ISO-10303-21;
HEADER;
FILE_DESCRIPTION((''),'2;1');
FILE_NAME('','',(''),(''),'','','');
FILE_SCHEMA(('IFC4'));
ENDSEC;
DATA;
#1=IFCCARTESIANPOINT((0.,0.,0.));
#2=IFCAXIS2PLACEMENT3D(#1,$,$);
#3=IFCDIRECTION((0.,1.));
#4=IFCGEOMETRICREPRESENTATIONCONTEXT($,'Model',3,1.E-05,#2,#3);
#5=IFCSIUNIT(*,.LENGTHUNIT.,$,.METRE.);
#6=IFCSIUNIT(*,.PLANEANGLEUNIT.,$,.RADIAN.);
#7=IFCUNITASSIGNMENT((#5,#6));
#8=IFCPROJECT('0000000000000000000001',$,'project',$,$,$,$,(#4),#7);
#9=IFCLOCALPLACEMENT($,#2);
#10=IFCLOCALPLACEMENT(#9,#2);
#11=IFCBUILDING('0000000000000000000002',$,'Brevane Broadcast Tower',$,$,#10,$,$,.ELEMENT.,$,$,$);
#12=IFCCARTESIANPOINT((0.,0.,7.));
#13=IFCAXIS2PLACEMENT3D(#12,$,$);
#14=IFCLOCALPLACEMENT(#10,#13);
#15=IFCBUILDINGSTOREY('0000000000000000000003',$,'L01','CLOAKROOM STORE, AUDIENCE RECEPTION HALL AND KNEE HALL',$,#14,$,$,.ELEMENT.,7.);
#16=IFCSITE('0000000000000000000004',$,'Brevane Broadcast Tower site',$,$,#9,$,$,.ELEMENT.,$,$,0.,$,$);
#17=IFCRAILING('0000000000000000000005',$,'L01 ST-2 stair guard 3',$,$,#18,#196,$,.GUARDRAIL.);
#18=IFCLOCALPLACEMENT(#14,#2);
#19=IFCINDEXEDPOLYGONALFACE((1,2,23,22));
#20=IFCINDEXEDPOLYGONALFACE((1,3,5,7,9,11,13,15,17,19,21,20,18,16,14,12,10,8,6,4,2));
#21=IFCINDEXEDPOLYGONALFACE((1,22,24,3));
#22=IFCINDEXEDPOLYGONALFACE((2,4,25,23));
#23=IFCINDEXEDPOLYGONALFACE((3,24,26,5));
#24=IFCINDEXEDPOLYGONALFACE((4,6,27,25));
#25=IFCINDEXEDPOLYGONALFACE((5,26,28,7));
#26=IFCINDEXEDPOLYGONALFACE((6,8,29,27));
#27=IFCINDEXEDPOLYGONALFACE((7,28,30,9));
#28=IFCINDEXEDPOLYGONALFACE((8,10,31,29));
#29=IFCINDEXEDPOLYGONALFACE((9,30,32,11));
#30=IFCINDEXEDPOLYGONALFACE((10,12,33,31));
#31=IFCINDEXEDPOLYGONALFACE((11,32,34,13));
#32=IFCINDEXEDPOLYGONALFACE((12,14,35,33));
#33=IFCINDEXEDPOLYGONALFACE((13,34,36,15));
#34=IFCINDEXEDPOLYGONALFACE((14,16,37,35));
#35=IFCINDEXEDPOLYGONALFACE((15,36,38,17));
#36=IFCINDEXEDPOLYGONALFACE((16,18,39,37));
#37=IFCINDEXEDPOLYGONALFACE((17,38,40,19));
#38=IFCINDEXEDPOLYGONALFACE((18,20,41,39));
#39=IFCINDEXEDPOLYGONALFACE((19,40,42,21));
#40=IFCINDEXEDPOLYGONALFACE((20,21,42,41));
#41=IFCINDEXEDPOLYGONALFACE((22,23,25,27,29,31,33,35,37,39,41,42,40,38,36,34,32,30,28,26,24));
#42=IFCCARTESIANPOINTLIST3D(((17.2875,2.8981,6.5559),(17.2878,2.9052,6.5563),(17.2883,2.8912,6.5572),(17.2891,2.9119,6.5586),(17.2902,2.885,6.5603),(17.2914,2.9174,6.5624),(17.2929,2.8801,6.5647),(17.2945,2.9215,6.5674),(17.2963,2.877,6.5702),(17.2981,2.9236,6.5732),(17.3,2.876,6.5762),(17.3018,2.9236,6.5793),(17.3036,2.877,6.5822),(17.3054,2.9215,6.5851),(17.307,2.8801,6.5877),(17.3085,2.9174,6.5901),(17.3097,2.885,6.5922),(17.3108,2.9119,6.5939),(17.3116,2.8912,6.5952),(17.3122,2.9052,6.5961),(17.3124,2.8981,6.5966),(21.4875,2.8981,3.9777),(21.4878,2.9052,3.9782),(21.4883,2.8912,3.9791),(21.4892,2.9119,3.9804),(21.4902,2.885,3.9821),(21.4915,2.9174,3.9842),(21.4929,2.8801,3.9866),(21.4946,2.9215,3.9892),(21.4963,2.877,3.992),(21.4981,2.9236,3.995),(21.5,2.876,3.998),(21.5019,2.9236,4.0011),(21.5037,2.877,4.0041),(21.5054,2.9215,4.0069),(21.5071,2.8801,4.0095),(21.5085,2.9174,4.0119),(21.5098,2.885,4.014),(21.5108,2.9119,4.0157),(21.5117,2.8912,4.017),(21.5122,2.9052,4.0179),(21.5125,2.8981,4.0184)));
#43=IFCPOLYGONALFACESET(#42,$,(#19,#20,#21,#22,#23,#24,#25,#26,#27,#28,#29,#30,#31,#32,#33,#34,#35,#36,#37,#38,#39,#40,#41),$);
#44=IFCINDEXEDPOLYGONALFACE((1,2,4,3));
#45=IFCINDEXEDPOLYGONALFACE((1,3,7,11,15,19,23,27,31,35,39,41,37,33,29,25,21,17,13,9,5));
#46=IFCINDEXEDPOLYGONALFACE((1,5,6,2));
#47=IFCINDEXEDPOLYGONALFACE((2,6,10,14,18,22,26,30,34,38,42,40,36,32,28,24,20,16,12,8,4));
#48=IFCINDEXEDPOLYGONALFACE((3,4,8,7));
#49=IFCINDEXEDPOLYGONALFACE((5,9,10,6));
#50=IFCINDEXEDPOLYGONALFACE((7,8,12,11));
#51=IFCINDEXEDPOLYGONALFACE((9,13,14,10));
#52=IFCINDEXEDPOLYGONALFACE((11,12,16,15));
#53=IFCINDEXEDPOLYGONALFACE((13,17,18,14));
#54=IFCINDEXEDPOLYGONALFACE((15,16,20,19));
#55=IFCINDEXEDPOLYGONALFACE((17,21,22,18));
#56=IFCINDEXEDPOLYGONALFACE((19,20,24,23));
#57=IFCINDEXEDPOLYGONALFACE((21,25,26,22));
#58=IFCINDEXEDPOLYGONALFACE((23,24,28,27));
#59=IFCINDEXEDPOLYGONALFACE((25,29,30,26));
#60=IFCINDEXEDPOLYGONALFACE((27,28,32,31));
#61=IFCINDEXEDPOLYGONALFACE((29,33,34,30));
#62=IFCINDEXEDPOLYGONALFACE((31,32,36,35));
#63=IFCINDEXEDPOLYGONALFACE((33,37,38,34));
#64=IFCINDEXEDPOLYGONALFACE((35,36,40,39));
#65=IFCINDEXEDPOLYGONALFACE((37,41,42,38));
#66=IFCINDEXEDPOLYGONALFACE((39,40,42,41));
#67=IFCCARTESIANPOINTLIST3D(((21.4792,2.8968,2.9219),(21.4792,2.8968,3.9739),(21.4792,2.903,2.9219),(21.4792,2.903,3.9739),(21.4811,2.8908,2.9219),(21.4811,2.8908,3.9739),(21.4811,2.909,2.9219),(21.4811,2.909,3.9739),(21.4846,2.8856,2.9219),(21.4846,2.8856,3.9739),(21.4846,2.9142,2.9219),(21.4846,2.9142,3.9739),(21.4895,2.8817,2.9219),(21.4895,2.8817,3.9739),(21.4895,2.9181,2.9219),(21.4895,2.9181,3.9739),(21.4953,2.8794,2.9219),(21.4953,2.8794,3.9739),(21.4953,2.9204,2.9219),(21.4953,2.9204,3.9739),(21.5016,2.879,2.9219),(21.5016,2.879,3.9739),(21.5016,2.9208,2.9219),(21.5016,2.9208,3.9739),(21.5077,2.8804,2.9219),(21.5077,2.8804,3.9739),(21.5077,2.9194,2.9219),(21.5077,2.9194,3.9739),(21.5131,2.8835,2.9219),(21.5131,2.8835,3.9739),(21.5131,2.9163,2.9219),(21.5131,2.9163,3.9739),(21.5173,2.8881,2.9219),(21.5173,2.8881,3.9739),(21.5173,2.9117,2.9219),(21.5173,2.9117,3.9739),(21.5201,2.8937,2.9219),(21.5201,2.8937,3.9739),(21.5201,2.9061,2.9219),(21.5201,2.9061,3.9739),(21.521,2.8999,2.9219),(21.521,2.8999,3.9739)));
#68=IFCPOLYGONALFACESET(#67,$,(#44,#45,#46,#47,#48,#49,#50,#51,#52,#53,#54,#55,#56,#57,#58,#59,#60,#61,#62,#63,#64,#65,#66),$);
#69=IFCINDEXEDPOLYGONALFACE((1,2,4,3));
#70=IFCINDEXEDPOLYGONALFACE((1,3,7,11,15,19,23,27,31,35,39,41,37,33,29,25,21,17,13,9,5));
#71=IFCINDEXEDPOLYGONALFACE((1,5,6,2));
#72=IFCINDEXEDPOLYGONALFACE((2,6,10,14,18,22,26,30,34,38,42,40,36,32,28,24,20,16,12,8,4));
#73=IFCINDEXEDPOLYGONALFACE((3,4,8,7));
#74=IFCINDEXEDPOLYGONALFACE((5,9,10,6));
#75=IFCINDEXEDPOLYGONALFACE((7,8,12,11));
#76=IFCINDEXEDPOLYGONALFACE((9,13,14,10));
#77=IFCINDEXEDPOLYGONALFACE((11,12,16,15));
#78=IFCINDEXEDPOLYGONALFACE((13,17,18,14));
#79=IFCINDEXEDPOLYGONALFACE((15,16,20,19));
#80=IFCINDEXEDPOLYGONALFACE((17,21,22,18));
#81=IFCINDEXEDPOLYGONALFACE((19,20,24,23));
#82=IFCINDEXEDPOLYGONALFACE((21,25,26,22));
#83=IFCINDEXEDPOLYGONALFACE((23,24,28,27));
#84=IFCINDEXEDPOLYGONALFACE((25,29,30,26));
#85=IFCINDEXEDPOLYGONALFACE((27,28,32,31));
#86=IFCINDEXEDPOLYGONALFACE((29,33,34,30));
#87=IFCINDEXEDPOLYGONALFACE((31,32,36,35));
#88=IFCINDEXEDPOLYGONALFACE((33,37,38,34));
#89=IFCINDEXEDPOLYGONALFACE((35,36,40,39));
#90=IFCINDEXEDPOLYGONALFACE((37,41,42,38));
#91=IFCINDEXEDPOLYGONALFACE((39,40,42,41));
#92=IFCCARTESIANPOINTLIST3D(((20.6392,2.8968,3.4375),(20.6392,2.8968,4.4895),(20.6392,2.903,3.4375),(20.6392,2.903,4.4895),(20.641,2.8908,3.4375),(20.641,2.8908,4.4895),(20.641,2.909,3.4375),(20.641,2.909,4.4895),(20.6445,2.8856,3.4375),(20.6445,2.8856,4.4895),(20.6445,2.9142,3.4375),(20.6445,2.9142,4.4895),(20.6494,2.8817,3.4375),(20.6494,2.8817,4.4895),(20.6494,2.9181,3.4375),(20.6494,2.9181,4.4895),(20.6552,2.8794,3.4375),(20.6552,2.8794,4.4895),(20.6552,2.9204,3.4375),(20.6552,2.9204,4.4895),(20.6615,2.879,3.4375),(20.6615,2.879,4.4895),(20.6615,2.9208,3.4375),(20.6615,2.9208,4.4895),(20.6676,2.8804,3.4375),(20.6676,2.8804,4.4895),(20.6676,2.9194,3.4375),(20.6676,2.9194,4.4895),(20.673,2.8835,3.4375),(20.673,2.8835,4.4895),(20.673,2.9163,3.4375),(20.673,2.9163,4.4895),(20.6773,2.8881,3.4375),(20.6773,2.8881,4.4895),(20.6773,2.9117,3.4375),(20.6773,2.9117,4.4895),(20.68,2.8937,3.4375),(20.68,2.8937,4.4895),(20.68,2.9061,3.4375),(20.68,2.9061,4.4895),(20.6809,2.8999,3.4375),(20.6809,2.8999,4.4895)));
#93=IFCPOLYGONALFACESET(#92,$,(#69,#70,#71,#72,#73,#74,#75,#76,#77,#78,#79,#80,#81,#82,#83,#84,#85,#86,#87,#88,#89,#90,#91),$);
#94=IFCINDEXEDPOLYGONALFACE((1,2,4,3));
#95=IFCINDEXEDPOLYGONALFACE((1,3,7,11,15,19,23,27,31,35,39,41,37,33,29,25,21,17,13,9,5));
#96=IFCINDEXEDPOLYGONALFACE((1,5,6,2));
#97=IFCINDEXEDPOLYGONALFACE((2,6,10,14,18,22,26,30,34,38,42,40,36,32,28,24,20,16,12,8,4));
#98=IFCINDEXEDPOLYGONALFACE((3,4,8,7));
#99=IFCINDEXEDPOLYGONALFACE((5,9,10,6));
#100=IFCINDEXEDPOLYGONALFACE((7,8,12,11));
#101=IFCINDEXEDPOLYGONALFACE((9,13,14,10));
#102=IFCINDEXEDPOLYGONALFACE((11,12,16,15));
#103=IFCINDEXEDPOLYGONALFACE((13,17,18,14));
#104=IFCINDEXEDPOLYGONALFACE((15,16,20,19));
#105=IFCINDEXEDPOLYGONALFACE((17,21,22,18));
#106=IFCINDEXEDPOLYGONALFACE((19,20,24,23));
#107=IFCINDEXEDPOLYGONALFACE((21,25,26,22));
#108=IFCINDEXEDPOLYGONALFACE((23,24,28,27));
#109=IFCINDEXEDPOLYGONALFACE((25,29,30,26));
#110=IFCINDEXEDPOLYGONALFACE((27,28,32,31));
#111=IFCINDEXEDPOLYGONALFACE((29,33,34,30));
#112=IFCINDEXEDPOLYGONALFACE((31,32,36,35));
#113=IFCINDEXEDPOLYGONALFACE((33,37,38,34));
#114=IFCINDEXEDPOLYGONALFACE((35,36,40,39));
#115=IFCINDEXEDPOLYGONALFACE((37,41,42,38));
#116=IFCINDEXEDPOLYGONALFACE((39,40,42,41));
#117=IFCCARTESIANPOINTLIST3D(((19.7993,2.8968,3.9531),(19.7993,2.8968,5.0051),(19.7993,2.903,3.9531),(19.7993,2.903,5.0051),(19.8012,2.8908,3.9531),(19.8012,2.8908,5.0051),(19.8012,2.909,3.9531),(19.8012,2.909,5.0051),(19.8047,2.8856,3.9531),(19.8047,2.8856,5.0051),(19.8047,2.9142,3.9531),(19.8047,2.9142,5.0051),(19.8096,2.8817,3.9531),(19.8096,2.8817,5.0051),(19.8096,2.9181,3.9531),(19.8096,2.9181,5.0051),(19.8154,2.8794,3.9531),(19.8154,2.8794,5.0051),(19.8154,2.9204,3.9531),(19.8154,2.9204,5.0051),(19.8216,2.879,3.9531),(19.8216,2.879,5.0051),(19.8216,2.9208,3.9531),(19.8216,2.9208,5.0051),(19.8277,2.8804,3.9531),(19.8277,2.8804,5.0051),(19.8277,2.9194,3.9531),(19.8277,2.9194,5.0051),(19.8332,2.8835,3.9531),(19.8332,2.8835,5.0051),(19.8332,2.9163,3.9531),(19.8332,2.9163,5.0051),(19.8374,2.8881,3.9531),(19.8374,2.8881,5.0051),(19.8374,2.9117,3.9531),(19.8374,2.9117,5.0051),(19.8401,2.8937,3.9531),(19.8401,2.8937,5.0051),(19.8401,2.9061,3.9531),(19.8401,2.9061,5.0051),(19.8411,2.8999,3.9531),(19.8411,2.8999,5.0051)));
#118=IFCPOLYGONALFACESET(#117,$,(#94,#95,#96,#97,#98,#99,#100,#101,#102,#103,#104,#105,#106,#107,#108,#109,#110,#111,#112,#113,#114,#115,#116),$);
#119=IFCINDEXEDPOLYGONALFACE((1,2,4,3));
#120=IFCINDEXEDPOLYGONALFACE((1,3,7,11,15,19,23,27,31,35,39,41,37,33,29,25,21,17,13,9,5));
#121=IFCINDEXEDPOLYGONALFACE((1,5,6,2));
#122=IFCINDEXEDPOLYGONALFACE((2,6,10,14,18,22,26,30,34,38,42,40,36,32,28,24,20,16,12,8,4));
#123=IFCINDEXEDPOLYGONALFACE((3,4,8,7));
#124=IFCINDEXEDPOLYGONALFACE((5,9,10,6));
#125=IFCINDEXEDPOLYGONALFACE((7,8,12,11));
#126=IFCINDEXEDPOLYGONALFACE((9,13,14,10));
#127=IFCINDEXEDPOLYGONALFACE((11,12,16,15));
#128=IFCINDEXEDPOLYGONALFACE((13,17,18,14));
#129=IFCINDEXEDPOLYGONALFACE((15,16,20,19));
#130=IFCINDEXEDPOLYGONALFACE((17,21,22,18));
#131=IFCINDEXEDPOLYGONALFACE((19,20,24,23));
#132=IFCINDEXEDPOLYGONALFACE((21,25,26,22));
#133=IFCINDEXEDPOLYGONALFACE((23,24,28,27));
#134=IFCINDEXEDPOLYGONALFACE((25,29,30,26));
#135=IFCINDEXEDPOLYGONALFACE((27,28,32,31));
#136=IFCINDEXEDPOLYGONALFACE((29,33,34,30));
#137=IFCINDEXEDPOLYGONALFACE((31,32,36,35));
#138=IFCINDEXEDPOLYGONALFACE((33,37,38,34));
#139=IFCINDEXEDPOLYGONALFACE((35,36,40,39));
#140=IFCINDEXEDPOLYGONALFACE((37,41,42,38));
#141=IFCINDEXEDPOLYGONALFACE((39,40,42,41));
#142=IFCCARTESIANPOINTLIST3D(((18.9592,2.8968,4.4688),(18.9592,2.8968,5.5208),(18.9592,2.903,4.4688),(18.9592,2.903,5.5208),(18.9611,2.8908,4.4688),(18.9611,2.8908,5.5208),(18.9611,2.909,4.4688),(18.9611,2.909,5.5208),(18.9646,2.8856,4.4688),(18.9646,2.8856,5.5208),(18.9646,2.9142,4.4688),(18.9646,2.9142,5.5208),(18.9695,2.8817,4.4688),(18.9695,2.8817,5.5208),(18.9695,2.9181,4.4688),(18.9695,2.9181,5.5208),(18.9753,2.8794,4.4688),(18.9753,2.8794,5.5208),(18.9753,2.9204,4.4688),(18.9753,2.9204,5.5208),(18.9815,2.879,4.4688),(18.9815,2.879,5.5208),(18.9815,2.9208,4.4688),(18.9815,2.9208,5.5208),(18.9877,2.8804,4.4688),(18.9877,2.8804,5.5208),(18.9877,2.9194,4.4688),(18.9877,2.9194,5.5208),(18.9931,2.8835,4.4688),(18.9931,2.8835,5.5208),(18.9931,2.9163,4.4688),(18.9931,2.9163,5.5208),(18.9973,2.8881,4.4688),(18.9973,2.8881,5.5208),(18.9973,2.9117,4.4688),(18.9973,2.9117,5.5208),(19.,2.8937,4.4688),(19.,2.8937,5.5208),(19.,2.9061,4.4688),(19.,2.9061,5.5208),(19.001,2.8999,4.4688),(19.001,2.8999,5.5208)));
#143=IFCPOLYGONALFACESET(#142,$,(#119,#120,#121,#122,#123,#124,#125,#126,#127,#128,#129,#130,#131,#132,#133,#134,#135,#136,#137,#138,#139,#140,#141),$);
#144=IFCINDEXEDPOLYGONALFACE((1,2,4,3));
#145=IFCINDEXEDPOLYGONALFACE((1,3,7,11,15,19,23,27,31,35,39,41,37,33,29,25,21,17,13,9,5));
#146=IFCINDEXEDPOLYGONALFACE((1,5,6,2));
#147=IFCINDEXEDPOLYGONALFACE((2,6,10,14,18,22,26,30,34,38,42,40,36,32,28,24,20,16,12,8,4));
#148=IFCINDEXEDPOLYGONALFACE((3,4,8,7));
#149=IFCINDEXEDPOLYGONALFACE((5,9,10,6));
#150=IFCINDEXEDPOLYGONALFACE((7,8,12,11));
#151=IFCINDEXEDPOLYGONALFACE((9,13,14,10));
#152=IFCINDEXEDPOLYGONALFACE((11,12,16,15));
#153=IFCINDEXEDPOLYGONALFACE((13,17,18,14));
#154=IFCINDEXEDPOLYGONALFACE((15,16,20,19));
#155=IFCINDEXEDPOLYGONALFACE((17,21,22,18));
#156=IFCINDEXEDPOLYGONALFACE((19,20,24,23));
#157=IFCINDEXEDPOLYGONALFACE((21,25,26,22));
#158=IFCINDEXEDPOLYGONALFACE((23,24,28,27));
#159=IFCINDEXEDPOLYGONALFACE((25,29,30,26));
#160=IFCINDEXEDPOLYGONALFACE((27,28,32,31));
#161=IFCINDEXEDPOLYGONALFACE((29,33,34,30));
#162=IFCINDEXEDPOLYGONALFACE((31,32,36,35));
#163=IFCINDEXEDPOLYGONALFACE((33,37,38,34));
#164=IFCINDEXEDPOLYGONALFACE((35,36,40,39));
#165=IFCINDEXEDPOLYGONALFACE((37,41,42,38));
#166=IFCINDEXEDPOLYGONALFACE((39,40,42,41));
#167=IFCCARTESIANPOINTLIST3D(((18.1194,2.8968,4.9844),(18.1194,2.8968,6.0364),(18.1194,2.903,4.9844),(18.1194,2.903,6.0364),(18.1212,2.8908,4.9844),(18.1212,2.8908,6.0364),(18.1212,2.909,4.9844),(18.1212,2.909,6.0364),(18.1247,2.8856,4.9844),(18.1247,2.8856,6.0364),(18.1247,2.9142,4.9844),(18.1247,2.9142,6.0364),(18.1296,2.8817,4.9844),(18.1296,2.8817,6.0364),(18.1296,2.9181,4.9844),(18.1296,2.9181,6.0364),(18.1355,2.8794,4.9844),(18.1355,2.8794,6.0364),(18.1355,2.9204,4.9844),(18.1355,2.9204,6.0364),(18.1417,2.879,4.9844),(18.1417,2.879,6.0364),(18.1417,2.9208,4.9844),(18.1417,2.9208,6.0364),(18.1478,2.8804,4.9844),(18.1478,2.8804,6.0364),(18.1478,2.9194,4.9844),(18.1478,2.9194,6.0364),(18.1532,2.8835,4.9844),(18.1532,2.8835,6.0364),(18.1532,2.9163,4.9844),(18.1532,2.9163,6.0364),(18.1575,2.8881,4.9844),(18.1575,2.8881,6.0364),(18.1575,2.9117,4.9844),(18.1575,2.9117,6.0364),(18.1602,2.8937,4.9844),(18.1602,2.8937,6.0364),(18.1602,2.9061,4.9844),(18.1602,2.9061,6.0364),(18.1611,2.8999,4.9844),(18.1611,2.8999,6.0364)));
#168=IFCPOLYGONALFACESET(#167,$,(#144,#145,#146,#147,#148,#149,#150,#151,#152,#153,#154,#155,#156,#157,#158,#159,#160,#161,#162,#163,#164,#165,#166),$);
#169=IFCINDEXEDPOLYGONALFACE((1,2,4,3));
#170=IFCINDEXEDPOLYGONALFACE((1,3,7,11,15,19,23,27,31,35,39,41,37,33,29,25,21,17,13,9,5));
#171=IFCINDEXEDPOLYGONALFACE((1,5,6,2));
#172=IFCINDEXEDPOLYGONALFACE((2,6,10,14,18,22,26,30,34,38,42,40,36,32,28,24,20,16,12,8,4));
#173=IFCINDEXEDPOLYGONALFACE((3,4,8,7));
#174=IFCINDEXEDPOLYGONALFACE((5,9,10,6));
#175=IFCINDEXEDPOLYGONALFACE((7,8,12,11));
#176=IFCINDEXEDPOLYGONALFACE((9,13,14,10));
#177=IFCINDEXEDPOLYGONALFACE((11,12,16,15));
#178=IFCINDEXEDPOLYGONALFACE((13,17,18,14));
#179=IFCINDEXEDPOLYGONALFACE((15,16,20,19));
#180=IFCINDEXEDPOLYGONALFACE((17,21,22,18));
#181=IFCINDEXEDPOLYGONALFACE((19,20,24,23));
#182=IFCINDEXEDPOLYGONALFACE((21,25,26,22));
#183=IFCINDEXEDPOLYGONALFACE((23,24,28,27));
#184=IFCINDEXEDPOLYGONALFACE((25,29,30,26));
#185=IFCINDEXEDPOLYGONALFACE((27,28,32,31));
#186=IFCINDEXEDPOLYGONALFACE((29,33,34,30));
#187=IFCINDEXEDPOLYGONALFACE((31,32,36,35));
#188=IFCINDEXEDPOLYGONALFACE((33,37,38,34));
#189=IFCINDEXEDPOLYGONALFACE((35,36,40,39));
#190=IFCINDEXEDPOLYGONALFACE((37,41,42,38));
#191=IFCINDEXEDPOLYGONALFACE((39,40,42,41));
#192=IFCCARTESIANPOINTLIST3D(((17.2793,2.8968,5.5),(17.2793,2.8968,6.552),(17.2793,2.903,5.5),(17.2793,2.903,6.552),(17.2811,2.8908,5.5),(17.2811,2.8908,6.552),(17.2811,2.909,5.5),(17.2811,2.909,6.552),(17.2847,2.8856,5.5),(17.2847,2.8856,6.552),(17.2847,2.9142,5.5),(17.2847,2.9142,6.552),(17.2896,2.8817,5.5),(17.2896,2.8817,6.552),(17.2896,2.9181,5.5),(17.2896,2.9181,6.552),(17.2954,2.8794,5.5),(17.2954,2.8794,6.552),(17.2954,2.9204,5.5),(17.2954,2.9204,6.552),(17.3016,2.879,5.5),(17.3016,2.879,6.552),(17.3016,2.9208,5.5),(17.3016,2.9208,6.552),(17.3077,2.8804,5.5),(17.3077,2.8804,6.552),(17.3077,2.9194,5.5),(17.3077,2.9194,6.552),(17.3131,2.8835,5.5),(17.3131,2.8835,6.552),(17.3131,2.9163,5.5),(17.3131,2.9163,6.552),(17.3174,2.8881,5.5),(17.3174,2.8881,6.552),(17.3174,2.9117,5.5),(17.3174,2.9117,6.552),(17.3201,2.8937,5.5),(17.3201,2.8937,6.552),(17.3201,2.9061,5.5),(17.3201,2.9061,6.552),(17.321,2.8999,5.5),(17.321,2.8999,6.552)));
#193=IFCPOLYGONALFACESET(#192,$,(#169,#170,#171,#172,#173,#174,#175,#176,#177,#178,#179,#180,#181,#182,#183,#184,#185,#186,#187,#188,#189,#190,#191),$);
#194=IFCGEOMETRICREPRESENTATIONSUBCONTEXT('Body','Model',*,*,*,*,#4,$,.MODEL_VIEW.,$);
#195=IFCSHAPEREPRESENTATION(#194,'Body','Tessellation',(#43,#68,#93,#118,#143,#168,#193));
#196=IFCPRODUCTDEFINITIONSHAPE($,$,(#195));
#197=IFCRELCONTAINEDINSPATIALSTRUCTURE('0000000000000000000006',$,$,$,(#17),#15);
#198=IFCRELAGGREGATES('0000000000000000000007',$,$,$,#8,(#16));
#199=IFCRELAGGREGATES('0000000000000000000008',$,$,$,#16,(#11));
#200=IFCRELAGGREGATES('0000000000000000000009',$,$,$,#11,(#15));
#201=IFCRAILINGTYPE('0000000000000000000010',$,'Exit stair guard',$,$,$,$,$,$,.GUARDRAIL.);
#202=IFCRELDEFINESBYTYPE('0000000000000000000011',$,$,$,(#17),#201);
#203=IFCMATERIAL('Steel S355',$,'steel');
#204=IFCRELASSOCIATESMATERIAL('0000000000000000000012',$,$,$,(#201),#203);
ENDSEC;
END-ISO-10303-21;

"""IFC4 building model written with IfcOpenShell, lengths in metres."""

from ifc_helpers import new_model, si_unit, direction, frame, origin, origin_2d, place, context, subcontext, project, spatial, circle, extrude, material, type_object, element, save


model = new_model("IFC4")

# Units and contexts
model_context = context("Model", 3, precision=1e-05, world=origin(), true_north=direction((0.0, 1.0)))
body_context = subcontext(model_context, "Body", "Model", "MODEL_VIEW")
ifc_project = project(units=[si_unit("LENGTHUNIT", "METRE"), si_unit("PLANEANGLEUNIT", "RADIAN")], contexts=[model_context])

# Site, building, storey
site_placement = place(None, origin())
site = spatial("IfcSite", under=ifc_project, at=site_placement, Name="Brevane Broadcast Tower site", CompositionType="ELEMENT", RefElevation=0.0)
building_placement = place(site_placement, origin())
building = spatial("IfcBuilding", under=site, at=building_placement, Name="Brevane Broadcast Tower", CompositionType="ELEMENT")
storey_placement = place(building_placement, frame((0.0, 0.0, 7.0)))
storey = spatial("IfcBuildingStorey", under=building, at=storey_placement, Name="L01", Description="CLOAKROOM STORE, AUDIENCE RECEPTION HALL AND KNEE HALL", CompositionType="ELEMENT", Elevation=7.0)

# Railing
ifc_material_1 = material(Name="Steel S355", Category="steel")
railing_type_1 = type_object("IfcRailingType", Name="Exit stair guard", PredefinedType="GUARDRAIL", material=ifc_material_1)
railing_1_placement = place(storey_placement, frame((21.5, 2.8999, 2.9219)))
element("IfcRailing", 1, at=railing_1_placement, inside=storey, type_object=railing_type_1, Name="L01 ST-2 stair guard 3", PredefinedType="GUARDRAIL", context=body_context, shape_type="SweptSolid", body=[
    extrude(circle(Radius=0.0239, at=origin_2d()), frame((0.0, 0.0, 1.0762), z_axis=(-0.852243, 0.0, 0.523146), x_axis=(0.0, -1.0, 0.0)), (0.0, 0.0, 1.0), 4.9282),
    extrude(circle(Radius=0.021, at=origin_2d()), origin(), (0.0, 0.0, 1.0), 1.052),
    extrude(circle(Radius=0.021, at=origin_2d()), frame((-0.8401, 0.0, 0.5156)), (0.0, 0.0, 1.0), 1.052),
    extrude(circle(Radius=0.021, at=origin_2d()), frame((-1.6799, 0.0, 1.0312)), (0.0, 0.0, 1.0), 1.052),
    extrude(circle(Radius=0.021, at=origin_2d()), frame((-2.52, 0.0, 1.5469)), (0.0, 0.0, 1.0), 1.052),
    extrude(circle(Radius=0.021, at=origin_2d()), frame((-3.3599, 0.0, 2.0625)), (0.0, 0.0, 1.0), 1.052),
    extrude(circle(Radius=0.021, at=origin_2d()), frame((-4.2, 0.0, 2.5781)), (0.0, 0.0, 1.0), 1.052),
])

save(model, "model.ifc")
